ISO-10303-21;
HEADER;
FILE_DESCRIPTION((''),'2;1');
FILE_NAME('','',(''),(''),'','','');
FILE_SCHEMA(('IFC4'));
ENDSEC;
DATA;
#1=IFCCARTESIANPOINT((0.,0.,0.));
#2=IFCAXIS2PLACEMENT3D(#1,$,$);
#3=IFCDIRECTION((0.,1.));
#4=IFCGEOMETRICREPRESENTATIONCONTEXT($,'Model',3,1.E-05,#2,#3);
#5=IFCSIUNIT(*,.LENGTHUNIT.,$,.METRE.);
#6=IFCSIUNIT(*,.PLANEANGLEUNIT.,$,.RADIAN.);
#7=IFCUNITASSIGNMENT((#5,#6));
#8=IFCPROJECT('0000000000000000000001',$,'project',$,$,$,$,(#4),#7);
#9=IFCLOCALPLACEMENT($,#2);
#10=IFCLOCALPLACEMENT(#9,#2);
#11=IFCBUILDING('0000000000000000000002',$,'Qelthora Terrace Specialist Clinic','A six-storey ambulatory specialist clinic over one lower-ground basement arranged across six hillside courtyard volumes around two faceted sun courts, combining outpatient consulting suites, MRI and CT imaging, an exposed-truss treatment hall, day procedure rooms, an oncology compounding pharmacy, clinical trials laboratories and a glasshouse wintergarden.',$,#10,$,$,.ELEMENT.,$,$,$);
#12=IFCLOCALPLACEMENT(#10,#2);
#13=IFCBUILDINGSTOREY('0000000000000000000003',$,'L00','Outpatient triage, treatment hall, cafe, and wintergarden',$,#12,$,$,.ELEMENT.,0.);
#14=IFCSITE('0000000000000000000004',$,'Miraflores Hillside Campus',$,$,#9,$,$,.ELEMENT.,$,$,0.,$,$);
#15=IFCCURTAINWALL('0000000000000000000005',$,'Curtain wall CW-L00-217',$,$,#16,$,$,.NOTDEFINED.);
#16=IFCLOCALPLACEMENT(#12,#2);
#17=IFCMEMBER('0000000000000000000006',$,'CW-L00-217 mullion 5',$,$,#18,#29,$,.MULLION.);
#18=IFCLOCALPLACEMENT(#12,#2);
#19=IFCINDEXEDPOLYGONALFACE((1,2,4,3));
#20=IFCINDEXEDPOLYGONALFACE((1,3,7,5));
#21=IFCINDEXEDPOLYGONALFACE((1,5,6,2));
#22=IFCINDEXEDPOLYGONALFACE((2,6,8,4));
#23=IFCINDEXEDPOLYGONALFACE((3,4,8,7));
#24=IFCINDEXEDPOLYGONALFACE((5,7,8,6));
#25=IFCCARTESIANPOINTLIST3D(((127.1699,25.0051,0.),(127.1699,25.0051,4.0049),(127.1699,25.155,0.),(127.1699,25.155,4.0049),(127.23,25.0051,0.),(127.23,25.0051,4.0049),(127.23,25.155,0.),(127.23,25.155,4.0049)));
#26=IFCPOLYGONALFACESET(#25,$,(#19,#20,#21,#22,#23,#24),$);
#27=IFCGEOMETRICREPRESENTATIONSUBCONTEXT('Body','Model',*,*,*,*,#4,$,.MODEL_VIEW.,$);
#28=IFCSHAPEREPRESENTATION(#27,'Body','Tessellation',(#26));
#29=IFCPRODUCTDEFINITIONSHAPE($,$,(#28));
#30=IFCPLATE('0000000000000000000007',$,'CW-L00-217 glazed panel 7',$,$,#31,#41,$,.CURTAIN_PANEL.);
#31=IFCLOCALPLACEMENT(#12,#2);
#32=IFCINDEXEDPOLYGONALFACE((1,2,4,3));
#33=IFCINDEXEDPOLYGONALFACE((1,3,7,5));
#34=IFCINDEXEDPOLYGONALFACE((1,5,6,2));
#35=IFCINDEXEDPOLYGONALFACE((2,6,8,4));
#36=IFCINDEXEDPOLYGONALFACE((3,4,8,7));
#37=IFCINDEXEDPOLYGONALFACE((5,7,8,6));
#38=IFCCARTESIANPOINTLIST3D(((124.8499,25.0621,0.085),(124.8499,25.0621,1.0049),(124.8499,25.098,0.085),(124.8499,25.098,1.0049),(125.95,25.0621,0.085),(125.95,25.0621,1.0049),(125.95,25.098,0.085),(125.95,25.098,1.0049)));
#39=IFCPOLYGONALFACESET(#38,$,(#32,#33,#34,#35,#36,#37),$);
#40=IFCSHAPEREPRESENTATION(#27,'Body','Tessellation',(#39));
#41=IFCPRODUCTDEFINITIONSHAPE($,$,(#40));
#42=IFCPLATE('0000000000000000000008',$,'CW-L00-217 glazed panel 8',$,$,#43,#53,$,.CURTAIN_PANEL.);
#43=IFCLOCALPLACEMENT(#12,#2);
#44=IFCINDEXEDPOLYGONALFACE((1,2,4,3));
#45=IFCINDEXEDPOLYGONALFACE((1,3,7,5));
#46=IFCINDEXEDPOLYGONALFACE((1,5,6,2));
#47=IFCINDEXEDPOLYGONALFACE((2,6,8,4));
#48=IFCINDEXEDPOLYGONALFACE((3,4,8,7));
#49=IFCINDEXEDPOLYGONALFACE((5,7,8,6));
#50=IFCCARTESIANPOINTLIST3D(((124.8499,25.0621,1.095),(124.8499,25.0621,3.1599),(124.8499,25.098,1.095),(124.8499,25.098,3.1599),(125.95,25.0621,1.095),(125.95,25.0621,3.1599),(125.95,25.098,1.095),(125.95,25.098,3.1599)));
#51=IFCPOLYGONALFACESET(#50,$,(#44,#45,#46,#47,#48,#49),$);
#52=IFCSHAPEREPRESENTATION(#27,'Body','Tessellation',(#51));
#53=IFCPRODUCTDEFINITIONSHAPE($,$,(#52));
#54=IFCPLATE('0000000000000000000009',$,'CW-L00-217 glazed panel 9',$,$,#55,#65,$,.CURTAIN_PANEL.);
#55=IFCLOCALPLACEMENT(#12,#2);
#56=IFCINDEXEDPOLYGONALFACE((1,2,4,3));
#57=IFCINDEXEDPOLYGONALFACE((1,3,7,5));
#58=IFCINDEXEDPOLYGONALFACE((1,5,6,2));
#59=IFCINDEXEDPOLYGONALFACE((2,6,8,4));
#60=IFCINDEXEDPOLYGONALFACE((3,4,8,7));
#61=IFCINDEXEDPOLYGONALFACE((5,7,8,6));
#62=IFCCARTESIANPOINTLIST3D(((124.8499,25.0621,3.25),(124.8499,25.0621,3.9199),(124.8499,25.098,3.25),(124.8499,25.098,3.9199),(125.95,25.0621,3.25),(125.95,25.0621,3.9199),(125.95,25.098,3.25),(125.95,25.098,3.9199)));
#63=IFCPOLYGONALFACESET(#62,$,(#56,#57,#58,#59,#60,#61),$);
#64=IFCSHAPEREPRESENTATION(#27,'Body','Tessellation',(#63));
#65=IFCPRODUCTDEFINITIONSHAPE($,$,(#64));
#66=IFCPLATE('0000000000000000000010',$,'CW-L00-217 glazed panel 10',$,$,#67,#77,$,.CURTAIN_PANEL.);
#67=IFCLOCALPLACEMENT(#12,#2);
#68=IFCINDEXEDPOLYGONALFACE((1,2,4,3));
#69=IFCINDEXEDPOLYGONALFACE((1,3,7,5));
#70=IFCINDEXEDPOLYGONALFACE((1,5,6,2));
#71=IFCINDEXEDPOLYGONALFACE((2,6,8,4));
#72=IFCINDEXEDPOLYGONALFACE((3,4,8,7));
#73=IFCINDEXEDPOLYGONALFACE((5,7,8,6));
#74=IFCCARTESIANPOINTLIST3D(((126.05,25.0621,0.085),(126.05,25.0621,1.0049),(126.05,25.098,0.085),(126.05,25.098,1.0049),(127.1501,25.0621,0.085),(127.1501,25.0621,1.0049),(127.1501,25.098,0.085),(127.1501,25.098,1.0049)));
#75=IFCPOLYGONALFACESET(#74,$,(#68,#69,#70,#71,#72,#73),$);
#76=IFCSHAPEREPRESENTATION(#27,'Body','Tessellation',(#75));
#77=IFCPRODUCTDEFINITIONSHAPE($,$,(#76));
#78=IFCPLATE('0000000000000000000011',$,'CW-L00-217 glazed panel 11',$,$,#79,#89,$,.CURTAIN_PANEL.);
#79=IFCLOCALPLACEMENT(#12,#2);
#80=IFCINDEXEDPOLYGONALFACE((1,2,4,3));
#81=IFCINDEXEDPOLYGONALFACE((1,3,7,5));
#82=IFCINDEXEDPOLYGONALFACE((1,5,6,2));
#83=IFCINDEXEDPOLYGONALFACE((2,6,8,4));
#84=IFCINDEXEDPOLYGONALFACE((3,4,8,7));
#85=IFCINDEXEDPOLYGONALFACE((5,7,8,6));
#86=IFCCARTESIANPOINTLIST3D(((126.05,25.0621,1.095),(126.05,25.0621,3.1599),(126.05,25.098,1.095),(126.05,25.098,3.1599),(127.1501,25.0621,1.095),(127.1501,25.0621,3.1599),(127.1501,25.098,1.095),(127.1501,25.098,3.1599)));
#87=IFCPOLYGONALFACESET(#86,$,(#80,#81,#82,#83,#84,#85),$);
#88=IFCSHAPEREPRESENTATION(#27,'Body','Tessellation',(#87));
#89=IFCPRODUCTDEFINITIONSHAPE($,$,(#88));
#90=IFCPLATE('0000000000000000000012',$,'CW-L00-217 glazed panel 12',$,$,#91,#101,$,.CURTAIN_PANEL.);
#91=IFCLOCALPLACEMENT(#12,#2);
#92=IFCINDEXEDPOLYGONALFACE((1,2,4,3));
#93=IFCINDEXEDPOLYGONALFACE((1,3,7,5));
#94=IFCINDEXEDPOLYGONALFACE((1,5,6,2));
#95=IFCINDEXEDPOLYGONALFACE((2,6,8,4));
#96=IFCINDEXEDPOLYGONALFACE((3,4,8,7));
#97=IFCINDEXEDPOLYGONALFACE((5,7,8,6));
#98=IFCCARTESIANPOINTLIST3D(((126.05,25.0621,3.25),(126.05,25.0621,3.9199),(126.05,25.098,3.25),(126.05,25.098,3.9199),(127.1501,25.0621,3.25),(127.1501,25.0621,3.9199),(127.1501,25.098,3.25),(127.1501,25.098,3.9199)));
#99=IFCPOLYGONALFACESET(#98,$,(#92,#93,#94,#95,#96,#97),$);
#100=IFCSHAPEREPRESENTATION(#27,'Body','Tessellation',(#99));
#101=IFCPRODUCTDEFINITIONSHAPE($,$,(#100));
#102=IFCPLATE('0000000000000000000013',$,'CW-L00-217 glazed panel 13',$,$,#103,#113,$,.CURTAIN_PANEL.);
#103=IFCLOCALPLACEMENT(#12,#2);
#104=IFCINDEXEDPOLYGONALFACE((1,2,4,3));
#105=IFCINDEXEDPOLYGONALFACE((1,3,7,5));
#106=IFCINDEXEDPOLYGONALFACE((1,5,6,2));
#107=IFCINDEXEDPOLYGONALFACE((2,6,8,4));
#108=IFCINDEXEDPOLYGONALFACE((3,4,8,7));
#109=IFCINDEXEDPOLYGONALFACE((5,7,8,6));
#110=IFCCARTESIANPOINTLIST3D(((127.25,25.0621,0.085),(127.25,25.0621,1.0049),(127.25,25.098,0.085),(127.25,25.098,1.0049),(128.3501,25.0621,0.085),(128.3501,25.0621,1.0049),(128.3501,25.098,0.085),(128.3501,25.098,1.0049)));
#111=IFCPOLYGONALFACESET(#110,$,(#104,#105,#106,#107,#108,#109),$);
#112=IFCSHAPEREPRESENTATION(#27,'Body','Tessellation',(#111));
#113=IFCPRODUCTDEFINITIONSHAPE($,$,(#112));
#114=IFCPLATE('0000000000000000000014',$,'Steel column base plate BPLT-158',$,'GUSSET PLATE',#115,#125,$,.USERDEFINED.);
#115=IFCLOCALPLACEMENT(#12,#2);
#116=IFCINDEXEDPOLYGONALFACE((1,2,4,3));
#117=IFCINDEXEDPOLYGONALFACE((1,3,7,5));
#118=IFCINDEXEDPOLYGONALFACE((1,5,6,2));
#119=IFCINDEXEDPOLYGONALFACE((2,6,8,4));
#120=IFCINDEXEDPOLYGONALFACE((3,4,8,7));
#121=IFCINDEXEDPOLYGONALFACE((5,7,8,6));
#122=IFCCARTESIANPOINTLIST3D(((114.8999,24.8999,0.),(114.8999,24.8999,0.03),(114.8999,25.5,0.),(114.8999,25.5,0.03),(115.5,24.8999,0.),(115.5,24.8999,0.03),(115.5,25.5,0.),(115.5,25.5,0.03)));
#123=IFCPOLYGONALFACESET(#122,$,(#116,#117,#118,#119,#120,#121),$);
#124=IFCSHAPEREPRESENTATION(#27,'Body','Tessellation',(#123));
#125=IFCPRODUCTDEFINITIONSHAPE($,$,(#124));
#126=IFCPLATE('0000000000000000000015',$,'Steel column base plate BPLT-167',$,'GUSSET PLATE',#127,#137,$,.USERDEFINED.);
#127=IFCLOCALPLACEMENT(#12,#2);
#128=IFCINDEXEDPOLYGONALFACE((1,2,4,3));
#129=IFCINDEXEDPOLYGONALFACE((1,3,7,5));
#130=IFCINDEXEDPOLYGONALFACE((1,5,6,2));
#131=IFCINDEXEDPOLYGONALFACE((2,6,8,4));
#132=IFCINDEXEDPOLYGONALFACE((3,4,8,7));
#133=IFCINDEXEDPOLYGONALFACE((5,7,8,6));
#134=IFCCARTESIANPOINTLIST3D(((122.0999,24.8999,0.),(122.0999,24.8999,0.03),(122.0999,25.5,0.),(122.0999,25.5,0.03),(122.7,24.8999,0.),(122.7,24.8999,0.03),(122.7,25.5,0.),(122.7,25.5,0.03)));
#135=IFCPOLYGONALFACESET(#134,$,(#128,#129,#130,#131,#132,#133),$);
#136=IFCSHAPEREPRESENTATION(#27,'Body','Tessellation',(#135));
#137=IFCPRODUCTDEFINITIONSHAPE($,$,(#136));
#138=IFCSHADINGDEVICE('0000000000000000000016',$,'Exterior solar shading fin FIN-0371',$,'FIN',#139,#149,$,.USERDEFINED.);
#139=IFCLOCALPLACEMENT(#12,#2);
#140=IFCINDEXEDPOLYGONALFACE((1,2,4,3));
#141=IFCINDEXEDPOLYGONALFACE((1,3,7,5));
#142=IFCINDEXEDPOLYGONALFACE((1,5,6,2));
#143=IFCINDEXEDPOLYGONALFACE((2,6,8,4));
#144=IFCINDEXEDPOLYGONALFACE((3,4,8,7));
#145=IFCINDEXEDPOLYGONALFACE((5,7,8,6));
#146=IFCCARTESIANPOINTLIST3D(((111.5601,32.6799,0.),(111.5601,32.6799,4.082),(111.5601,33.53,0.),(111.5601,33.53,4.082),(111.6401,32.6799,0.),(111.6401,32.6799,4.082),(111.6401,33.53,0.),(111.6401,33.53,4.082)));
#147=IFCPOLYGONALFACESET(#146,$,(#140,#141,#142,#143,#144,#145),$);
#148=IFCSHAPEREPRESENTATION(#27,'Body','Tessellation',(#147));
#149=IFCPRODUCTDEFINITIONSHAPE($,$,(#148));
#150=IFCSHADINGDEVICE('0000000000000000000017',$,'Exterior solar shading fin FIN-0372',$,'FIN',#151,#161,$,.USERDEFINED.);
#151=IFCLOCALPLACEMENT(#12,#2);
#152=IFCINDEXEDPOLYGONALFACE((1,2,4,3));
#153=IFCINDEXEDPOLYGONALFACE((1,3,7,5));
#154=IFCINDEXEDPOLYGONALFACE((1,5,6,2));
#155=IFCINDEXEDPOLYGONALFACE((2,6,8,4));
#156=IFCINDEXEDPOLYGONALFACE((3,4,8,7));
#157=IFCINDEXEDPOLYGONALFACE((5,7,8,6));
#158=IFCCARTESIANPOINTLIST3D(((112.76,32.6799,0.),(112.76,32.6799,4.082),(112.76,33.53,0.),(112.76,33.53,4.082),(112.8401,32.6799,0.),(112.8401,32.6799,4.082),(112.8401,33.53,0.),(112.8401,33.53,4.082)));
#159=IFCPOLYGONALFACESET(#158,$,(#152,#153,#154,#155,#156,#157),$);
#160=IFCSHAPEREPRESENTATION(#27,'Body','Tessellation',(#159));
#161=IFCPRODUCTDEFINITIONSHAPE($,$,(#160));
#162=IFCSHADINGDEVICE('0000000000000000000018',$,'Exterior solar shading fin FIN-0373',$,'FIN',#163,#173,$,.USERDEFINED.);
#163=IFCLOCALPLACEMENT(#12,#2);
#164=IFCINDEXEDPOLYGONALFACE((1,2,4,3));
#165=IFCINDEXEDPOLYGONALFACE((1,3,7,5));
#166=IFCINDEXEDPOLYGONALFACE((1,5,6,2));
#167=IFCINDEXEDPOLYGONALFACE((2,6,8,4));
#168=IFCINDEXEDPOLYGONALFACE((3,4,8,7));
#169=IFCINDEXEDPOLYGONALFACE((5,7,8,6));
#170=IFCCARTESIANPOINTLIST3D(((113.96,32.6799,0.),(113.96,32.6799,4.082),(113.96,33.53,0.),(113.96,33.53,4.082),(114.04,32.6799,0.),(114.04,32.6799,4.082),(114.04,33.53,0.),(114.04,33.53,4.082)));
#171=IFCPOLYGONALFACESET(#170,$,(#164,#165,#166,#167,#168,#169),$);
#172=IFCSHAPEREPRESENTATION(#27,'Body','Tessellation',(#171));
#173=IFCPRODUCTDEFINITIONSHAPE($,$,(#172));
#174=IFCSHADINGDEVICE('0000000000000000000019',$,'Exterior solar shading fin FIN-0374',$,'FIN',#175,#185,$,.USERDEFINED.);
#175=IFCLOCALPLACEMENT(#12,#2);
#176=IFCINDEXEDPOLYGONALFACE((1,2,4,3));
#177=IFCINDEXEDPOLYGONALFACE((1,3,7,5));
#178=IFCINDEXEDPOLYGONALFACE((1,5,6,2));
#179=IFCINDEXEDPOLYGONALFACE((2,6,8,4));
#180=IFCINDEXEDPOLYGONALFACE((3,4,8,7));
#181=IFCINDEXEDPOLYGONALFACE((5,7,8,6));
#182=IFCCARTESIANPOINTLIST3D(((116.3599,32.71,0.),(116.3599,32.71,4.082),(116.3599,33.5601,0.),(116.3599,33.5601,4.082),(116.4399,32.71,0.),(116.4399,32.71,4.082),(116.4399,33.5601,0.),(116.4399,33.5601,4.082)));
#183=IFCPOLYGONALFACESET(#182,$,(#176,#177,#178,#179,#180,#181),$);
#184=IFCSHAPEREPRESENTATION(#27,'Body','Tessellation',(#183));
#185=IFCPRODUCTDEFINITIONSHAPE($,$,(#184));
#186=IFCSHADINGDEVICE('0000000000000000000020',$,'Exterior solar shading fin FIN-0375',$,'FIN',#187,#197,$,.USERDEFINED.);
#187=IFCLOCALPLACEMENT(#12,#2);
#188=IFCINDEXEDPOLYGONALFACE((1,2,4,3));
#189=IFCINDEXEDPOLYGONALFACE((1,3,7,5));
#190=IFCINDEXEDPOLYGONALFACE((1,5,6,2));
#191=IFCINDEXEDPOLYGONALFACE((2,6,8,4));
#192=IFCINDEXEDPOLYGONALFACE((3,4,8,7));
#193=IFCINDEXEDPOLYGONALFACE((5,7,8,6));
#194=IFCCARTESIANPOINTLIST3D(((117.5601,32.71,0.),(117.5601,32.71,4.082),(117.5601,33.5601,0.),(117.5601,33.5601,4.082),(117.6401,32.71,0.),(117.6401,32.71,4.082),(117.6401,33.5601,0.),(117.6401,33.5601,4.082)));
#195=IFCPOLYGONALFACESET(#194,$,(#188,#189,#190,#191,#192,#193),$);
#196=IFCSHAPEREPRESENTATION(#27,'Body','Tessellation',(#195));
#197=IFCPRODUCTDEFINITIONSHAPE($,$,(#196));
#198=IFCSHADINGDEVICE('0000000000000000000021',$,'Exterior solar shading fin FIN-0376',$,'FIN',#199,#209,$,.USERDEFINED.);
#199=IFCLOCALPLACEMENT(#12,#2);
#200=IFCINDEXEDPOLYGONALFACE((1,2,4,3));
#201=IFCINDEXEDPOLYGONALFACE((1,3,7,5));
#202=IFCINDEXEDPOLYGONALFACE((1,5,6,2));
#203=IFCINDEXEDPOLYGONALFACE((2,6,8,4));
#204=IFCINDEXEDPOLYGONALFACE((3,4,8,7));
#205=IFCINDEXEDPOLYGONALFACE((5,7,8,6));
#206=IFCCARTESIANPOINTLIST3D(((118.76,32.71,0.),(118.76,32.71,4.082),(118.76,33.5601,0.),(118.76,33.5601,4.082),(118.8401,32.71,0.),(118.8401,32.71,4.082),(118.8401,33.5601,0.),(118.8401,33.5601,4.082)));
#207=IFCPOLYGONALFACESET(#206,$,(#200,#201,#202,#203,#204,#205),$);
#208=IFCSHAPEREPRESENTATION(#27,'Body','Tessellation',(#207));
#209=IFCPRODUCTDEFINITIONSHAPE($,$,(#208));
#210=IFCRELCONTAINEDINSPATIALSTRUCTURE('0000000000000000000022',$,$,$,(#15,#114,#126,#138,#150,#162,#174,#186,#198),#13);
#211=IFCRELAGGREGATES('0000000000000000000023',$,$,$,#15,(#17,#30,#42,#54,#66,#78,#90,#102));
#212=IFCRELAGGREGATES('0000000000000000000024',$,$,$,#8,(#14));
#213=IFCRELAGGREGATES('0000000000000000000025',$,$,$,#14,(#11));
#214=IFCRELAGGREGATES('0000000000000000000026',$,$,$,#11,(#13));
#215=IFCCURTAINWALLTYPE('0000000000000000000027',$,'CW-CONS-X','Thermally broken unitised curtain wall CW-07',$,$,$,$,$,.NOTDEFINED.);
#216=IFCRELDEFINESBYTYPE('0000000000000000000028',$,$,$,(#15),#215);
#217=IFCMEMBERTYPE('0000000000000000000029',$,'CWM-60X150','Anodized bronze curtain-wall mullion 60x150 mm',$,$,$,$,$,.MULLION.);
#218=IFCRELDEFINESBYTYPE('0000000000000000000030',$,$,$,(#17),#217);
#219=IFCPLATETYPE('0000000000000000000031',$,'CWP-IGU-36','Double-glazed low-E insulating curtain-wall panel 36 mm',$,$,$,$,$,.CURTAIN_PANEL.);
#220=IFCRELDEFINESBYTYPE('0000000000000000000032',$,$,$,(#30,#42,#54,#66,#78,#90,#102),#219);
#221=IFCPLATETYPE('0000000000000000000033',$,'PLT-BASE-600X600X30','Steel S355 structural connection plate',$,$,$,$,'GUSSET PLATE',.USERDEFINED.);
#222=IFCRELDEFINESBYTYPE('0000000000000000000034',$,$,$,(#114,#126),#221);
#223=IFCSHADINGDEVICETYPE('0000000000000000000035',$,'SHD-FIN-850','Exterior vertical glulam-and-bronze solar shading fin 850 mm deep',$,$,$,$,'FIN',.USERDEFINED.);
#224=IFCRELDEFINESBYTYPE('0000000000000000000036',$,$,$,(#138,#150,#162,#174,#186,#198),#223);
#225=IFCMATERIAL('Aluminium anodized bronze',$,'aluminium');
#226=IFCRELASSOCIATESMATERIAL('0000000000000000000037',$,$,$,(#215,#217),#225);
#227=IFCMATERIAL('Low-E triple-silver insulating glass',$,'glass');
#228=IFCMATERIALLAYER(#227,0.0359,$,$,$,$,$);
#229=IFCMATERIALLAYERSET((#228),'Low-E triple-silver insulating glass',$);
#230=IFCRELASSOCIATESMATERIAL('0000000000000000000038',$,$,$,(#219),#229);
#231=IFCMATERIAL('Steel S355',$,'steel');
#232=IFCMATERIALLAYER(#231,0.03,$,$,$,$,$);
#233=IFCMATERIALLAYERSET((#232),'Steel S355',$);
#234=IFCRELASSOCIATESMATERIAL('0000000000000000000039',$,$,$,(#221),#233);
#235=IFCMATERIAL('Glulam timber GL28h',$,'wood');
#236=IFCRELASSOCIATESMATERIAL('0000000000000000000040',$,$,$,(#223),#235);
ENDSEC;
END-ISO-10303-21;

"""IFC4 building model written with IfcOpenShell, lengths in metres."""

from ifc_helpers import new_model, si_unit, direction, frame, origin, origin_2d, place, context, subcontext, project, spatial, rectangle, extrude, material, layer, layer_set, material_profile, profile_set, type_object, element, aggregate, save


model = new_model("IFC4")

# Units and contexts
model_context = context("Model", 3, precision=1e-05, world=origin(), true_north=direction((0.0, 1.0)))
body_context = subcontext(model_context, "Body", "Model", "MODEL_VIEW")
ifc_project = project(units=[si_unit("LENGTHUNIT", "METRE"), si_unit("PLANEANGLEUNIT", "RADIAN")], contexts=[model_context])

# Site, building, storey
site_placement = place(None, origin())
site = spatial("IfcSite", under=ifc_project, at=site_placement, Name="Miraflores Hillside Campus", CompositionType="ELEMENT", RefElevation=0.0)
building_placement = place(site_placement, origin())
building = spatial("IfcBuilding", under=site, at=building_placement, Name="Qelthora Terrace Specialist Clinic", Description="A six-storey ambulatory specialist clinic over one lower-ground basement arranged across six hillside courtyard volumes around two faceted sun courts, combining outpatient consulting suites, MRI and CT imaging, an exposed-truss treatment hall, day procedure rooms, an oncology compounding pharmacy, clinical trials laboratories and a glasshouse wintergarden.", CompositionType="ELEMENT")
storey_placement = place(building_placement, origin())
storey = spatial("IfcBuildingStorey", under=building, at=storey_placement, Name="L00", Description="Outpatient triage, treatment hall, cafe, and wintergarden", CompositionType="ELEMENT", Elevation=0.0)

# Shared definitions
ifc_material_1 = material(Name="Steel S355", Category="steel")

# Curtain wall, member, plates
ifc_material_2 = material(Name="Aluminium anodized bronze", Category="aluminium")
curtain_wall_type = type_object("IfcCurtainWallType", Name="CW-CONS-X", Description="Thermally broken unitised curtain wall CW-07", PredefinedType="NOTDEFINED", material=ifc_material_2)
curtain_wall_placement = place(storey_placement, origin())
curtain_wall = element("IfcCurtainWall", 1, at=curtain_wall_placement, inside=storey, type_object=curtain_wall_type, Name="Curtain wall CW-L00-217", PredefinedType="NOTDEFINED")
ifc_material_profile_1 = material_profile(ifc_material_2, rectangle(XDim=0.0601, YDim=0.1499, at=origin_2d()), Name="CWM60X150")
ifc_profile_set_1 = profile_set([ifc_material_profile_1], Name="Aluminium anodized bronze")
member_type = type_object("IfcMemberType", Name="CWM-60X150", Description="Anodized bronze curtain-wall mullion 60x150 mm", PredefinedType="MULLION", material=ifc_profile_set_1)
member_1_placement = place(storey_placement, frame((127.2, 25.0801, 0.0), z_axis=(0.0, 0.0, 1.0), x_axis=(1.0, 0.0, 0.0)))
member_1 = element("IfcMember", 2, at=member_1_placement, type_object=member_type, Name="CW-L00-217 mullion 5", PredefinedType="MULLION", context=body_context, shape_type="SweptSolid", body=[
    extrude(rectangle(XDim=0.0601, YDim=0.1499, at=origin_2d()), origin(), (0.0, 0.0, 1.0), 4.0049),
])
ifc_material_3 = material(Name="Low-E triple-silver insulating glass", Category="glass")
ifc_layer_1 = layer(ifc_material_3, 0.0359)
ifc_layer_set_1 = layer_set([ifc_layer_1], Name="Low-E triple-silver insulating glass")
plate_type_1 = type_object("IfcPlateType", Name="CWP-IGU-36", Description="Double-glazed low-E insulating curtain-wall panel 36 mm", PredefinedType="CURTAIN_PANEL", material=ifc_layer_set_1)
plate_1_placement = place(storey_placement, frame((125.3999, 25.0801, 0.085), z_axis=(0.0, 0.0, 1.0), x_axis=(1.0, 0.0, 0.0)))
plate_1 = element("IfcPlate", 3, at=plate_1_placement, type_object=plate_type_1, Name="CW-L00-217 glazed panel 7", PredefinedType="CURTAIN_PANEL", context=body_context, shape_type="SweptSolid", body=[
    extrude(rectangle(XDim=1.1001, YDim=0.0359, at=origin_2d()), origin(), (0.0, 0.0, 1.0), 0.9199),
])
plate_2_placement = place(storey_placement, frame((125.3999, 25.0801, 1.095), z_axis=(0.0, 0.0, 1.0), x_axis=(1.0, 0.0, 0.0)))
plate_2 = element("IfcPlate", 4, at=plate_2_placement, type_object=plate_type_1, Name="CW-L00-217 glazed panel 8", PredefinedType="CURTAIN_PANEL", context=body_context, shape_type="SweptSolid", body=[
    extrude(rectangle(XDim=1.1001, YDim=0.0359, at=origin_2d()), origin(), (0.0, 0.0, 1.0), 2.0649),
])
plate_3_placement = place(storey_placement, frame((125.3999, 25.0801, 3.25), z_axis=(0.0, 0.0, 1.0), x_axis=(1.0, 0.0, 0.0)))
plate_3 = element("IfcPlate", 5, at=plate_3_placement, type_object=plate_type_1, Name="CW-L00-217 glazed panel 9", PredefinedType="CURTAIN_PANEL", context=body_context, shape_type="SweptSolid", body=[
    extrude(rectangle(XDim=1.1001, YDim=0.0359, at=origin_2d()), origin(), (0.0, 0.0, 1.0), 0.6699),
])
plate_4_placement = place(storey_placement, frame((126.6001, 25.0801, 0.085), z_axis=(0.0, 0.0, 1.0), x_axis=(1.0, 0.0, 0.0)))
plate_4 = element("IfcPlate", 6, at=plate_4_placement, type_object=plate_type_1, Name="CW-L00-217 glazed panel 10", PredefinedType="CURTAIN_PANEL", context=body_context, shape_type="SweptSolid", body=[
    extrude(rectangle(XDim=1.1001, YDim=0.0359, at=origin_2d()), origin(), (0.0, 0.0, 1.0), 0.9199),
])
plate_5_placement = place(storey_placement, frame((126.6001, 25.0801, 1.095), z_axis=(0.0, 0.0, 1.0), x_axis=(1.0, 0.0, 0.0)))
plate_5 = element("IfcPlate", 7, at=plate_5_placement, type_object=plate_type_1, Name="CW-L00-217 glazed panel 11", PredefinedType="CURTAIN_PANEL", context=body_context, shape_type="SweptSolid", body=[
    extrude(rectangle(XDim=1.1001, YDim=0.0359, at=origin_2d()), origin(), (0.0, 0.0, 1.0), 2.0649),
])
plate_6_placement = place(storey_placement, frame((126.6001, 25.0801, 3.25), z_axis=(0.0, 0.0, 1.0), x_axis=(1.0, 0.0, 0.0)))
plate_6 = element("IfcPlate", 8, at=plate_6_placement, type_object=plate_type_1, Name="CW-L00-217 glazed panel 12", PredefinedType="CURTAIN_PANEL", context=body_context, shape_type="SweptSolid", body=[
    extrude(rectangle(XDim=1.1001, YDim=0.0359, at=origin_2d()), origin(), (0.0, 0.0, 1.0), 0.6699),
])
plate_7_placement = place(storey_placement, frame((127.8, 25.0801, 0.085), z_axis=(0.0, 0.0, 1.0), x_axis=(1.0, 0.0, 0.0)))
plate_7 = element("IfcPlate", 9, at=plate_7_placement, type_object=plate_type_1, Name="CW-L00-217 glazed panel 13", PredefinedType="CURTAIN_PANEL", context=body_context, shape_type="SweptSolid", body=[
    extrude(rectangle(XDim=1.1001, YDim=0.0359, at=origin_2d()), origin(), (0.0, 0.0, 1.0), 0.9199),
])
aggregate(curtain_wall, [member_1, plate_1, plate_2, plate_3, plate_4, plate_5, plate_6, plate_7])

# Plates
ifc_layer_2 = layer(ifc_material_1, 0.03)
ifc_layer_set_2 = layer_set([ifc_layer_2], Name="Steel S355")
plate_type_2 = type_object("IfcPlateType", Name="PLT-BASE-600X600X30", Description="Steel S355 structural connection plate", ElementType="GUSSET PLATE", PredefinedType="USERDEFINED", material=ifc_layer_set_2)
for number, where, z_axis, x_axis, name in (
    (10, (115.2, 25.2, 0.0), (0.0, 0.0, 1.0), (1.0, 0.0, 0.0), "Steel column base plate BPLT-158"),
    (11, (122.3999, 25.2, 0.0), (0.0, 0.0, 1.0), (1.0, 0.0, 0.0), "Steel column base plate BPLT-167"),
):
    element("IfcPlate", number, at=place(storey_placement, frame(where, z_axis=z_axis, x_axis=x_axis)), inside=storey, type_object=plate_type_2, Name=name, ObjectType="GUSSET PLATE", PredefinedType="USERDEFINED", context=body_context, shape_type="SweptSolid", body=[
        extrude(rectangle(XDim=0.6001, YDim=0.6001, at=origin_2d()), origin(), (0.0, 0.0, 1.0), 0.03),
    ])

# Shading devices
ifc_material_4 = material(Name="Glulam timber GL28h", Category="wood")
shading_device_type = type_object("IfcShadingDeviceType", Name="SHD-FIN-850", Description="Exterior vertical glulam-and-bronze solar shading fin 850 mm deep", ElementType="FIN", PredefinedType="USERDEFINED", material=ifc_material_4)
for number, where, z_axis, x_axis, name in (
    (12, (111.6001, 33.105, 0.0), (0.0, 0.0, 1.0), (0.0, -1.0, 0.0), "Exterior solar shading fin FIN-0371"),
    (13, (112.8, 33.105, 0.0), (0.0, 0.0, 1.0), (0.0, -1.0, 0.0), "Exterior solar shading fin FIN-0372"),
    (14, (114.0, 33.105, 0.0), (0.0, 0.0, 1.0), (0.0, -1.0, 0.0), "Exterior solar shading fin FIN-0373"),
    (15, (116.3999, 33.135, 0.0), (0.0, 0.0, 1.0), (0.0, -1.0, 0.0), "Exterior solar shading fin FIN-0374"),
    (16, (117.6001, 33.135, 0.0), (0.0, 0.0, 1.0), (0.0, -1.0, 0.0), "Exterior solar shading fin FIN-0375"),
    (17, (118.8, 33.135, 0.0), (0.0, 0.0, 1.0), (0.0, -1.0, 0.0), "Exterior solar shading fin FIN-0376"),
):
    element("IfcShadingDevice", number, at=place(storey_placement, frame(where, z_axis=z_axis, x_axis=x_axis)), inside=storey, type_object=shading_device_type, Name=name, ObjectType="FIN", PredefinedType="USERDEFINED", context=body_context, shape_type="SweptSolid", body=[
        extrude(rectangle(XDim=0.8501, YDim=0.0801, at=origin_2d()), origin(), (0.0, 0.0, 1.0), 4.082),
    ])

save(model, "model.ifc")
